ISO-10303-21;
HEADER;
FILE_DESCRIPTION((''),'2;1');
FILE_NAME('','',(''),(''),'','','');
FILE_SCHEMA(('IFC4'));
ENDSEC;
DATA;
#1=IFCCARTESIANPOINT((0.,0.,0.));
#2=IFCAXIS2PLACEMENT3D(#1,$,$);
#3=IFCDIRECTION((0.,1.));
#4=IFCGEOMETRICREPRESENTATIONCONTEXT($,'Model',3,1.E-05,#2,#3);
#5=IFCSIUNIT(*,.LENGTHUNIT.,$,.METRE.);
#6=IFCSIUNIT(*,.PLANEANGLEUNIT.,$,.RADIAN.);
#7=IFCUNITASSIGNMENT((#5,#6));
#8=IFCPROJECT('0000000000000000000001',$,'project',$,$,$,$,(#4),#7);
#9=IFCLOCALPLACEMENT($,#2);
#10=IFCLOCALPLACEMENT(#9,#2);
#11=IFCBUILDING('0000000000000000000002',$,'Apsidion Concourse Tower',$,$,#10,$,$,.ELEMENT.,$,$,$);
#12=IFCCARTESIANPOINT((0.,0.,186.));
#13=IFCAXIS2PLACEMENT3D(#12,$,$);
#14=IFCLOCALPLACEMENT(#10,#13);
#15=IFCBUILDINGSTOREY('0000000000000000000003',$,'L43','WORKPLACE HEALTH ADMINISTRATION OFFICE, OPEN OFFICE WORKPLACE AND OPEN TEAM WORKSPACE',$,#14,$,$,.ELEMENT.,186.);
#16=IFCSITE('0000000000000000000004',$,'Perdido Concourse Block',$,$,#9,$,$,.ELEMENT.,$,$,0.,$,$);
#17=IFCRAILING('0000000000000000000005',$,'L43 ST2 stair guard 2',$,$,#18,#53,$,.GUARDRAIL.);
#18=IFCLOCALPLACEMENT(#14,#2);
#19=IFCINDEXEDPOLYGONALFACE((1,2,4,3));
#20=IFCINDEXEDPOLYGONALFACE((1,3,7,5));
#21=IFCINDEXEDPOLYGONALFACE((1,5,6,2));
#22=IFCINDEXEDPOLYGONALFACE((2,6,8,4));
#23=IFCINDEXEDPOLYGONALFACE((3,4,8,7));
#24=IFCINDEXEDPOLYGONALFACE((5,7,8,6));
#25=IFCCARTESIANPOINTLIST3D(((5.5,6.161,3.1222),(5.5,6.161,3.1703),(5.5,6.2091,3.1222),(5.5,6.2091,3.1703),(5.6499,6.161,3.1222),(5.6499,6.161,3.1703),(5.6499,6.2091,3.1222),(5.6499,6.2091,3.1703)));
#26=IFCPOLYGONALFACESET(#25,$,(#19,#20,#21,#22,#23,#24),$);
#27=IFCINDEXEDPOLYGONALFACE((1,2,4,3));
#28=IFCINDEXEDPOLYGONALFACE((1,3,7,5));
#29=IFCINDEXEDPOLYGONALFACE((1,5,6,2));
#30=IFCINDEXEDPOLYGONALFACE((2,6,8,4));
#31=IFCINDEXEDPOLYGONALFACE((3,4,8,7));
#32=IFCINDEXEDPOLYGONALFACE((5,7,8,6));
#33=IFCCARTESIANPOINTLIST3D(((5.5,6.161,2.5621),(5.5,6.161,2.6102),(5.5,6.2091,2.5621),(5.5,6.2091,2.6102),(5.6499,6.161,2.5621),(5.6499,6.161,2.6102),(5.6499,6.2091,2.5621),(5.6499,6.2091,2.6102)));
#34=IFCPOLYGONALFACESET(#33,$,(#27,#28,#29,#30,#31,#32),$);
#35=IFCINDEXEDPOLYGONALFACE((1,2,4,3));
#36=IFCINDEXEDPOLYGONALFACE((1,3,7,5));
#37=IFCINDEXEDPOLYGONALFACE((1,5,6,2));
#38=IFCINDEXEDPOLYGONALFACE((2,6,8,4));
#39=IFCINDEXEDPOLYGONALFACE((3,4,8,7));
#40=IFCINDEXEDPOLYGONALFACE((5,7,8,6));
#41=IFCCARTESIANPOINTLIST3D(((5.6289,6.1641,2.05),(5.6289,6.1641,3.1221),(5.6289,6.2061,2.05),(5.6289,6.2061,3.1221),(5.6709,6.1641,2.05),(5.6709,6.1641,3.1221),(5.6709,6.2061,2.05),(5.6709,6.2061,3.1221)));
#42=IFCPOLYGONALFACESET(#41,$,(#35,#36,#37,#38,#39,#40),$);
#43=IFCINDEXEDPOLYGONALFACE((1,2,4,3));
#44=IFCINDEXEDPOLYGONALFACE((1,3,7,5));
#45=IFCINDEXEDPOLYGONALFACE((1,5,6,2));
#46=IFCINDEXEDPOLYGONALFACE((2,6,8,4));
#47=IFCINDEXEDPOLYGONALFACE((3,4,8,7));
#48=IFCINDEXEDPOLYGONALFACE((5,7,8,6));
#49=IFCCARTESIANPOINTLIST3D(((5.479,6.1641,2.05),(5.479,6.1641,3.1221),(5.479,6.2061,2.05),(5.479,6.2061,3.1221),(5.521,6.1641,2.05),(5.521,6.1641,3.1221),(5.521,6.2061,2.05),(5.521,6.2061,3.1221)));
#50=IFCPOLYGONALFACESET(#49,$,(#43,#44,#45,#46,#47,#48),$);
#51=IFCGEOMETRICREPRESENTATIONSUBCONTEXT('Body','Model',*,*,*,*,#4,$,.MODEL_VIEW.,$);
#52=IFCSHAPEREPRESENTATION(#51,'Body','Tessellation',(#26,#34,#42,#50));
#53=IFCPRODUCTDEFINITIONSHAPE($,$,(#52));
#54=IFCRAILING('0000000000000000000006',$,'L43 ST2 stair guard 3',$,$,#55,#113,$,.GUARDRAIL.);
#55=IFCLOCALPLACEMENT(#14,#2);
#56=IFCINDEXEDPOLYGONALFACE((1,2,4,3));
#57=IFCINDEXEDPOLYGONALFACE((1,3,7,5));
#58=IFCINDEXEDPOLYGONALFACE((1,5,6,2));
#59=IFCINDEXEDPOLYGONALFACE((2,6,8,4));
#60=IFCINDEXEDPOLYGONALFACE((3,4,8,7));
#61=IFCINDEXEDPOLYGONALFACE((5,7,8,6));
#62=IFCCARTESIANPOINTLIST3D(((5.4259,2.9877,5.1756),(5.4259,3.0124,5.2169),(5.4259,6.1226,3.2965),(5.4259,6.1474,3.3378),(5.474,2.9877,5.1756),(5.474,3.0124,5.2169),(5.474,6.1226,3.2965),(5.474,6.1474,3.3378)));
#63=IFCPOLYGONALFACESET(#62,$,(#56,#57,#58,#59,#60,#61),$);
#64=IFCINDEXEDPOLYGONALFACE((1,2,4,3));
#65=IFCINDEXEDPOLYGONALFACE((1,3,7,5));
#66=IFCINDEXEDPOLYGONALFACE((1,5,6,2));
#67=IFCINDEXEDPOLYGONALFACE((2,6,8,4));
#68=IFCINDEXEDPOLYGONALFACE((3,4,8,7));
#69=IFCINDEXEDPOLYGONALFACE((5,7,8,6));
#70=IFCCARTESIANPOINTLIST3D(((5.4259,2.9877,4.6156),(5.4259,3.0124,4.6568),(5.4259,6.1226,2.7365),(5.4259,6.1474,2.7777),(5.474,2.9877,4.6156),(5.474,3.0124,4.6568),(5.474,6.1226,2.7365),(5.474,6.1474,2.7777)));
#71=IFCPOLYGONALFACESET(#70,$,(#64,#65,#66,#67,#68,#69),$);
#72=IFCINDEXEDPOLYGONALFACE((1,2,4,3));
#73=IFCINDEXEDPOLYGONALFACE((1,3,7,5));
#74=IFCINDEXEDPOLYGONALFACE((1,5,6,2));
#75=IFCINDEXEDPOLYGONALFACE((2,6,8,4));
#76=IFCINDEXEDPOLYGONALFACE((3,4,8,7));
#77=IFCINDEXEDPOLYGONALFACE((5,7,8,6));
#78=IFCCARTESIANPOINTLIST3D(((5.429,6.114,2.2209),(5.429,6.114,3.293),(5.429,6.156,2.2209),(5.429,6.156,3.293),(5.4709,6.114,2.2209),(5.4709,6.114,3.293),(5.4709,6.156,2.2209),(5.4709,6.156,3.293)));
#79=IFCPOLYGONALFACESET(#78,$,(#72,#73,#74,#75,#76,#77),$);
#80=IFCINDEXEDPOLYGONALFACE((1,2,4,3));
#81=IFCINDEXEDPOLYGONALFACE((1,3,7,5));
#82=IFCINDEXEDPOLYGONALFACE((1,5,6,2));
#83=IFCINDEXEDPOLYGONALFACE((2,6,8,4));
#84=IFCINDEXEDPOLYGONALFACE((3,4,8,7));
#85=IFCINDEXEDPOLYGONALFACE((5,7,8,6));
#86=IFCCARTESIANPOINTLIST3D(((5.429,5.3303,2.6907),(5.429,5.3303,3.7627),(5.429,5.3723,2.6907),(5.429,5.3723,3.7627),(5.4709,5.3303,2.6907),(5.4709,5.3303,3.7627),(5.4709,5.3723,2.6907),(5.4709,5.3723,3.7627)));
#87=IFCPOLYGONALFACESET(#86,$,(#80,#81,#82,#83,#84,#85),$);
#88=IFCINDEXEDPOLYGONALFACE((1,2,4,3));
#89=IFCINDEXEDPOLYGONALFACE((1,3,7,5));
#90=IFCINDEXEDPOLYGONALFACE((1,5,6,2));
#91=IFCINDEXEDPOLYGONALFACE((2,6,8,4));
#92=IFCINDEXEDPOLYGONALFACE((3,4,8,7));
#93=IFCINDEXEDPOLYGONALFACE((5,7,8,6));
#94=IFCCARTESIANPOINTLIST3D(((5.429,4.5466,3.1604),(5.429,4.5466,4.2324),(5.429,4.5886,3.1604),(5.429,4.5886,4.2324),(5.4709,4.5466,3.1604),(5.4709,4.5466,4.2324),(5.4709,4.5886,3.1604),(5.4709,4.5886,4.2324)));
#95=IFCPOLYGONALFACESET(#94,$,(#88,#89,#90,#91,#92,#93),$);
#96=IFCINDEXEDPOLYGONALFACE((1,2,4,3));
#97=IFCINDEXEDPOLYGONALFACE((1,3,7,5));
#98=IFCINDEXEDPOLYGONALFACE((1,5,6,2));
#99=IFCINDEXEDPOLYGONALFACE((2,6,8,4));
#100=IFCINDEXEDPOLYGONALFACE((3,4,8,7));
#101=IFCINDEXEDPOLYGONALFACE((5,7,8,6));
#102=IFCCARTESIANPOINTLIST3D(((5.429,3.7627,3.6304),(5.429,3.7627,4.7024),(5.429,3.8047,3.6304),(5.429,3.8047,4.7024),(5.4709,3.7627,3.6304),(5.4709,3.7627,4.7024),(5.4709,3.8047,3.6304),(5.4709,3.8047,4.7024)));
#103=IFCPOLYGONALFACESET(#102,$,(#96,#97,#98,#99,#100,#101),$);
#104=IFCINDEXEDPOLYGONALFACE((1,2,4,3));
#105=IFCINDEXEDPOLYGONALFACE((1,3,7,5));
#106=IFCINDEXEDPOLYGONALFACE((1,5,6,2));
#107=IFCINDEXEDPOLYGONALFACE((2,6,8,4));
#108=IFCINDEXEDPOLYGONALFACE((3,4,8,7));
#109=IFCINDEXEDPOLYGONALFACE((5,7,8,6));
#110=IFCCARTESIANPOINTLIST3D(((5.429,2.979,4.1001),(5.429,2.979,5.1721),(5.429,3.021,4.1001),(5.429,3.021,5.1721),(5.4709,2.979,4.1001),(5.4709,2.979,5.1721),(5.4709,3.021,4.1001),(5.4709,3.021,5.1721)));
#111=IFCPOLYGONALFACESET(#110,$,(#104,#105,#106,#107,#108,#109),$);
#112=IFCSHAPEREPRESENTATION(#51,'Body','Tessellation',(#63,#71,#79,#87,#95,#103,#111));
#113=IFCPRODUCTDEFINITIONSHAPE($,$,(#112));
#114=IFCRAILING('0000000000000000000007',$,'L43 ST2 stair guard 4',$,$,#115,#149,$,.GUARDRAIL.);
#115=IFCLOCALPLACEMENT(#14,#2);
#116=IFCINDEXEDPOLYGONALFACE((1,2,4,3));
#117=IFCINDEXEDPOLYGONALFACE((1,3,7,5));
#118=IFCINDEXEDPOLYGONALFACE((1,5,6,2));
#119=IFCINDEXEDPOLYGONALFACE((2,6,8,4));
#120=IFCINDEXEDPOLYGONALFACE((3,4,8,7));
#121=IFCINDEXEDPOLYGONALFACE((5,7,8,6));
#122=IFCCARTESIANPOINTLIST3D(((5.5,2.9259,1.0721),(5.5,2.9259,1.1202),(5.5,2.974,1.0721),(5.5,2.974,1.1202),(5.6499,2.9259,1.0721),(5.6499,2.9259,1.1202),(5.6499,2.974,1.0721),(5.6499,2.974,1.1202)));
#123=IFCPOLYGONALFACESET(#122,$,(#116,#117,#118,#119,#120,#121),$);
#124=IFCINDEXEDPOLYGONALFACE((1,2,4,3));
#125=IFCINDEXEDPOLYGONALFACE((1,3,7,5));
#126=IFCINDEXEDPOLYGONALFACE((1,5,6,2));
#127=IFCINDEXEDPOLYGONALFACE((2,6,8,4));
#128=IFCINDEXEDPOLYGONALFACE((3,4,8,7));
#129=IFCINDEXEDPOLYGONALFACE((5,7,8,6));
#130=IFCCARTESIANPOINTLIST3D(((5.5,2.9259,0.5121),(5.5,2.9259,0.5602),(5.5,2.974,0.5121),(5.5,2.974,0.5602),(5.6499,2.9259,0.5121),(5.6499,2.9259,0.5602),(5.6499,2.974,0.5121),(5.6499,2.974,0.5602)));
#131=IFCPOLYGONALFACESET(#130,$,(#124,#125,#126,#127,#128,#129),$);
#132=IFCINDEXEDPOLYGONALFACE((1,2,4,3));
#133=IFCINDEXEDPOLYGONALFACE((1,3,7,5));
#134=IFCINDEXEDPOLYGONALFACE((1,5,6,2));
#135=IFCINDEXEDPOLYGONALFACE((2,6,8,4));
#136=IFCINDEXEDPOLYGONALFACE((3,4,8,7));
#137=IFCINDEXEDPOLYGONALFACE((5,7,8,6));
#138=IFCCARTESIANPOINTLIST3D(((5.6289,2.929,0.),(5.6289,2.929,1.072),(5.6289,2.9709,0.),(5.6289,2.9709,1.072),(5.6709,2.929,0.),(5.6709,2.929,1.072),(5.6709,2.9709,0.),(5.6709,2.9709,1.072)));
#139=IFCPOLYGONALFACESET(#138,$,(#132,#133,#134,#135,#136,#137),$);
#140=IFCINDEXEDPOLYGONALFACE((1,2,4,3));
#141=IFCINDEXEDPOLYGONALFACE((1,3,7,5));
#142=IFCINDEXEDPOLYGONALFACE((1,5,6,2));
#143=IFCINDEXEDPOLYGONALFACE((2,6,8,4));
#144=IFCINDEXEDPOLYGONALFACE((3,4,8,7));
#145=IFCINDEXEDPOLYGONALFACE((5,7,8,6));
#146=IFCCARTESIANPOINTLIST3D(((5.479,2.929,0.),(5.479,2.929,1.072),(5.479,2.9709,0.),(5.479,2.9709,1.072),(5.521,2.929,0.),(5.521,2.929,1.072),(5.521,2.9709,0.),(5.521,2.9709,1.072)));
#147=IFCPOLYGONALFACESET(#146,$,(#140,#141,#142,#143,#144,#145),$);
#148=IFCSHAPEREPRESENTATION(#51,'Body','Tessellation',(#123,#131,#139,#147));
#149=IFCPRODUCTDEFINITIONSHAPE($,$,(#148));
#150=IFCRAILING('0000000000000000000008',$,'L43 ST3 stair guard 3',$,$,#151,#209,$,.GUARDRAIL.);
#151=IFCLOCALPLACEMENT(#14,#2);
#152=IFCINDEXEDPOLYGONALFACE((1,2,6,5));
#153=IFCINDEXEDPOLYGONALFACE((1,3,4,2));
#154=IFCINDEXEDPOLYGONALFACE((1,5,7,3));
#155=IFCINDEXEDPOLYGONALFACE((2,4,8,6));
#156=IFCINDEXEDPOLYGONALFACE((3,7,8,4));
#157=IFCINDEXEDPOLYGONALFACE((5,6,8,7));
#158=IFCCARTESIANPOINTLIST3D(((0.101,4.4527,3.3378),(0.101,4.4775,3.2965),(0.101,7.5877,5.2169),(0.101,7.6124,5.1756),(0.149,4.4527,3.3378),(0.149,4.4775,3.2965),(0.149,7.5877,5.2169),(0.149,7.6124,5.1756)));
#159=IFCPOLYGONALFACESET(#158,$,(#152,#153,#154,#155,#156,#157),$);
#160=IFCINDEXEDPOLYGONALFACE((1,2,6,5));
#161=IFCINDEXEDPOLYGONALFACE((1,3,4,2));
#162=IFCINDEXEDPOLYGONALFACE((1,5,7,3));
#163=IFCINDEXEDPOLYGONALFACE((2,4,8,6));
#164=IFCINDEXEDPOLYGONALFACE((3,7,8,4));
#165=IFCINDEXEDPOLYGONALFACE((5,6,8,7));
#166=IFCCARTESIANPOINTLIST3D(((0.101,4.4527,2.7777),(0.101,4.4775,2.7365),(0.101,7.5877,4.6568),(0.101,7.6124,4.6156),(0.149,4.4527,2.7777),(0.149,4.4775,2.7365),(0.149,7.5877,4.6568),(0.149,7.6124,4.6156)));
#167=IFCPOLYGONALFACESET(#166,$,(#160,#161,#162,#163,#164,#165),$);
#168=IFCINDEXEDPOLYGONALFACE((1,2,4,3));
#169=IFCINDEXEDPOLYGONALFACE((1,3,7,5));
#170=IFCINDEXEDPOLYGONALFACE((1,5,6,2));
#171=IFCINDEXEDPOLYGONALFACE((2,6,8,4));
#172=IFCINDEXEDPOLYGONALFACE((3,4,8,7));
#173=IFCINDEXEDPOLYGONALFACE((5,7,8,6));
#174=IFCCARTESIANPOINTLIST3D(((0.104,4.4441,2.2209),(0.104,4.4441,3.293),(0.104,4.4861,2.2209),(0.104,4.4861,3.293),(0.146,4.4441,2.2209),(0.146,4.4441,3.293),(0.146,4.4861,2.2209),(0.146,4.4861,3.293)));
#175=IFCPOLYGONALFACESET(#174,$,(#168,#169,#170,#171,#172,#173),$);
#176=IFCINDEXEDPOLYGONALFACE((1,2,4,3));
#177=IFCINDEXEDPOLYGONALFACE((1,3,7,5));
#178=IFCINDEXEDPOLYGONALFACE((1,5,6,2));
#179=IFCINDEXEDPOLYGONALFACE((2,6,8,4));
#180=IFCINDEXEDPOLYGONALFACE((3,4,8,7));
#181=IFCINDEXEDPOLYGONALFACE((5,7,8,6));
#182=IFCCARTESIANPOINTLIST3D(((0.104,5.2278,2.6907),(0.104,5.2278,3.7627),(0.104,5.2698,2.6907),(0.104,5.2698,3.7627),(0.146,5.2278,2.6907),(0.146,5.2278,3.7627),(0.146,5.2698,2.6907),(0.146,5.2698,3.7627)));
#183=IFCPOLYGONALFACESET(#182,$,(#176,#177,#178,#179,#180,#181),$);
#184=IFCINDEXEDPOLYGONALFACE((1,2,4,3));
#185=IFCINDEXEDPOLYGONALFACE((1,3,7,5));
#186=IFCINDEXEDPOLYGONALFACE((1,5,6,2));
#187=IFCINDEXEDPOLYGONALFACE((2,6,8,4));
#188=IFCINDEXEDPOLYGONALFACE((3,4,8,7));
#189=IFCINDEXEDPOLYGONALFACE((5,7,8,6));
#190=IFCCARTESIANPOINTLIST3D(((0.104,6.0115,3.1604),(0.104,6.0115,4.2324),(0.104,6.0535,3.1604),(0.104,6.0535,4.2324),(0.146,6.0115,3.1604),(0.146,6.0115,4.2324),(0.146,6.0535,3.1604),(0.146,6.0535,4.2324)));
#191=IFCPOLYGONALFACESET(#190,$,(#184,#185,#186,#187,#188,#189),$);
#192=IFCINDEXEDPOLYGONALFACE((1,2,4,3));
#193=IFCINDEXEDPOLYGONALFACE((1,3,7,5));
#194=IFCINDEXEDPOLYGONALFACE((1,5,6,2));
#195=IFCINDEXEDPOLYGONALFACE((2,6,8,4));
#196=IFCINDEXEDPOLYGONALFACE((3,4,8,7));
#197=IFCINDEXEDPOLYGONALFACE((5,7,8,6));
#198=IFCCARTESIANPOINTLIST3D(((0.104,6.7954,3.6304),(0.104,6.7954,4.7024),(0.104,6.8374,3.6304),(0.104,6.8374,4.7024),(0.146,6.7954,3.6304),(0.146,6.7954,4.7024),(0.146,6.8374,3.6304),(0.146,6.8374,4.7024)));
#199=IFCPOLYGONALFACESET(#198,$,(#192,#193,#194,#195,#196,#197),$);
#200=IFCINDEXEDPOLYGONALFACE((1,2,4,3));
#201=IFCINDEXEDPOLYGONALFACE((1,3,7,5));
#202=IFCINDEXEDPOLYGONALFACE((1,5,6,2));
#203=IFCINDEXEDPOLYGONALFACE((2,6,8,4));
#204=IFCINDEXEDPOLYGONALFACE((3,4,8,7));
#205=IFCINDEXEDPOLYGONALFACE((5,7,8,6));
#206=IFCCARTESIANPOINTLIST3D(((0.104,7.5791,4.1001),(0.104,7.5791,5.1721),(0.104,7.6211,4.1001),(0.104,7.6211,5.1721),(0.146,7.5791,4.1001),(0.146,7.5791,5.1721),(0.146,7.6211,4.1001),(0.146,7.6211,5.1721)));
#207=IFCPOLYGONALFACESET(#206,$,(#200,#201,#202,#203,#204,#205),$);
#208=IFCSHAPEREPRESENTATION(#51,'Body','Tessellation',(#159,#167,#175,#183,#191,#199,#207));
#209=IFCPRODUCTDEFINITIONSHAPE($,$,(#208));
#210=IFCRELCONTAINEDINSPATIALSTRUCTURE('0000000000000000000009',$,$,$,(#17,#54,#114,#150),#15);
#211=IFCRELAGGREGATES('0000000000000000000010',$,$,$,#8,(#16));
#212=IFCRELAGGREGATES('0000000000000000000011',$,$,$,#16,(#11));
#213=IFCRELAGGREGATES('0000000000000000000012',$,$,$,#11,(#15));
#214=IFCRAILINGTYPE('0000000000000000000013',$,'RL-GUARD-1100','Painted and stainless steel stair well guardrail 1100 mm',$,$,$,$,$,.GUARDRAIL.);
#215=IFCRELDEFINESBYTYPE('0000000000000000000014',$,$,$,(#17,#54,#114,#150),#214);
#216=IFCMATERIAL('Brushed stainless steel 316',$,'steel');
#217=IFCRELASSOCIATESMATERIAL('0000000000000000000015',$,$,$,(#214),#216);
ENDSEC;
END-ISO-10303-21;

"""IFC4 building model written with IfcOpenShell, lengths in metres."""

from ifc_helpers import new_model, si_unit, direction, frame, origin, origin_2d, place, context, subcontext, project, spatial, rectangle, extrude, material, type_object, element, save


model = new_model("IFC4")

# Units and contexts
model_context = context("Model", 3, precision=1e-05, world=origin(), true_north=direction((0.0, 1.0)))
body_context = subcontext(model_context, "Body", "Model", "MODEL_VIEW")
ifc_project = project(units=[si_unit("LENGTHUNIT", "METRE"), si_unit("PLANEANGLEUNIT", "RADIAN")], contexts=[model_context])

# Site, building, storey
site_placement = place(None, origin())
site = spatial("IfcSite", under=ifc_project, at=site_placement, Name="Perdido Concourse Block", CompositionType="ELEMENT", RefElevation=0.0)
building_placement = place(site_placement, origin())
building = spatial("IfcBuilding", under=site, at=building_placement, Name="Apsidion Concourse Tower", CompositionType="ELEMENT")
storey_placement = place(building_placement, frame((0.0, 0.0, 186.0)))
storey = spatial("IfcBuildingStorey", under=building, at=storey_placement, Name="L43", Description="WORKPLACE HEALTH ADMINISTRATION OFFICE, OPEN OFFICE WORKPLACE AND OPEN TEAM WORKSPACE", CompositionType="ELEMENT", Elevation=186.0)

# Railings
ifc_material_1 = material(Name="Brushed stainless steel 316", Category="steel")
railing_type_1 = type_object("IfcRailingType", Name="RL-GUARD-1100", Description="Painted and stainless steel stair well guardrail 1100 mm", PredefinedType="GUARDRAIL", material=ifc_material_1)
railing_1_placement = place(storey_placement, frame((5.6499, 6.1851, 2.05)))
element("IfcRailing", 1, at=railing_1_placement, inside=storey, type_object=railing_type_1, Name="L43 ST2 stair guard 2", PredefinedType="GUARDRAIL", context=body_context, shape_type="SweptSolid", body=[
    extrude(rectangle(XDim=0.0481, YDim=0.0481, at=origin_2d()), frame((0.0, 0.0, 1.0962), z_axis=(-1.0, 0.0, 0.0), x_axis=(0.0, -1.0, 0.0)), (0.0, 0.0, 1.0), 0.1499),
    extrude(rectangle(XDim=0.0481, YDim=0.0481, at=origin_2d()), frame((0.0, 0.0, 0.5361), z_axis=(-1.0, 0.0, 0.0), x_axis=(0.0, -1.0, 0.0)), (0.0, 0.0, 1.0), 0.1499),
    extrude(rectangle(XDim=0.042, YDim=0.042, at=origin_2d()), origin(), (0.0, 0.0, 1.0), 1.072),
    extrude(rectangle(XDim=0.042, YDim=0.042, at=origin_2d()), frame((-0.1499, 0.0, 0.0)), (0.0, 0.0, 1.0), 1.072),
])
railing_2_placement = place(storey_placement, frame((5.45, 6.135, 2.2209)))
element("IfcRailing", 2, at=railing_2_placement, inside=storey, type_object=railing_type_1, Name="L43 ST2 stair guard 3", PredefinedType="GUARDRAIL", context=body_context, shape_type="SweptSolid", body=[
    extrude(rectangle(XDim=0.0481, YDim=0.0481, at=origin_2d()), frame((0.0, 0.0, 1.0962), z_axis=(0.0, -0.857717, 0.514122), x_axis=(1.0, 0.0, 0.0)), (0.0, 0.0, 1.0), 3.655),
    extrude(rectangle(XDim=0.0481, YDim=0.0481, at=origin_2d()), frame((0.0, 0.0, 0.5361), z_axis=(0.0, -0.857717, 0.514122), x_axis=(1.0, 0.0, 0.0)), (0.0, 0.0, 1.0), 3.655),
    extrude(rectangle(XDim=0.042, YDim=0.042, at=origin_2d()), origin(), (0.0, 0.0, 1.0), 1.072),
    extrude(rectangle(XDim=0.042, YDim=0.042, at=origin_2d()), frame((0.0, -0.7837, 0.4697)), (0.0, 0.0, 1.0), 1.072),
    extrude(rectangle(XDim=0.042, YDim=0.042, at=origin_2d()), frame((0.0, -1.5674, 0.9395)), (0.0, 0.0, 1.0), 1.072),
    extrude(rectangle(XDim=0.042, YDim=0.042, at=origin_2d()), frame((0.0, -2.3513, 1.4094)), (0.0, 0.0, 1.0), 1.072),
    extrude(rectangle(XDim=0.042, YDim=0.042, at=origin_2d()), frame((0.0, -3.135, 1.8792)), (0.0, 0.0, 1.0), 1.072),
])
railing_3_placement = place(storey_placement, frame((5.6499, 2.95, 0.0)))
element("IfcRailing", 3, at=railing_3_placement, inside=storey, type_object=railing_type_1, Name="L43 ST2 stair guard 4", PredefinedType="GUARDRAIL", context=body_context, shape_type="SweptSolid", body=[
    extrude(rectangle(XDim=0.0481, YDim=0.0481, at=origin_2d()), frame((0.0, 0.0, 1.0962), z_axis=(-1.0, 0.0, 0.0), x_axis=(0.0, -1.0, 0.0)), (0.0, 0.0, 1.0), 0.1499),
    extrude(rectangle(XDim=0.0481, YDim=0.0481, at=origin_2d()), frame((0.0, 0.0, 0.5361), z_axis=(-1.0, 0.0, 0.0), x_axis=(0.0, -1.0, 0.0)), (0.0, 0.0, 1.0), 0.1499),
    extrude(rectangle(XDim=0.042, YDim=0.042, at=origin_2d()), origin(), (0.0, 0.0, 1.0), 1.072),
    extrude(rectangle(XDim=0.042, YDim=0.042, at=origin_2d()), frame((-0.1499, 0.0, 0.0)), (0.0, 0.0, 1.0), 1.072),
])
railing_4_placement = place(storey_placement, frame((0.125, 4.4651, 2.2209)))
element("IfcRailing", 4, at=railing_4_placement, inside=storey, type_object=railing_type_1, Name="L43 ST3 stair guard 3", PredefinedType="GUARDRAIL", context=body_context, shape_type="SweptSolid", body=[
    extrude(rectangle(XDim=0.0481, YDim=0.0481, at=origin_2d()), frame((0.0, 0.0, 1.0962), z_axis=(0.0, 0.857717, 0.514122), x_axis=(-1.0, 0.0, 0.0)), (0.0, 0.0, 1.0), 3.655),
    extrude(rectangle(XDim=0.0481, YDim=0.0481, at=origin_2d()), frame((0.0, 0.0, 0.5361), z_axis=(0.0, 0.857717, 0.514122), x_axis=(-1.0, 0.0, 0.0)), (0.0, 0.0, 1.0), 3.655),
    extrude(rectangle(XDim=0.042, YDim=0.042, at=origin_2d()), origin(), (0.0, 0.0, 1.0), 1.072),
    extrude(rectangle(XDim=0.042, YDim=0.042, at=origin_2d()), frame((0.0, 0.7837, 0.4697)), (0.0, 0.0, 1.0), 1.072),
    extrude(rectangle(XDim=0.042, YDim=0.042, at=origin_2d()), frame((0.0, 1.5674, 0.9395)), (0.0, 0.0, 1.0), 1.072),
    extrude(rectangle(XDim=0.042, YDim=0.042, at=origin_2d()), frame((0.0, 2.3513, 1.4094)), (0.0, 0.0, 1.0), 1.072),
    extrude(rectangle(XDim=0.042, YDim=0.042, at=origin_2d()), frame((0.0, 3.135, 1.8792)), (0.0, 0.0, 1.0), 1.072),
])

save(model, "model.ifc")
